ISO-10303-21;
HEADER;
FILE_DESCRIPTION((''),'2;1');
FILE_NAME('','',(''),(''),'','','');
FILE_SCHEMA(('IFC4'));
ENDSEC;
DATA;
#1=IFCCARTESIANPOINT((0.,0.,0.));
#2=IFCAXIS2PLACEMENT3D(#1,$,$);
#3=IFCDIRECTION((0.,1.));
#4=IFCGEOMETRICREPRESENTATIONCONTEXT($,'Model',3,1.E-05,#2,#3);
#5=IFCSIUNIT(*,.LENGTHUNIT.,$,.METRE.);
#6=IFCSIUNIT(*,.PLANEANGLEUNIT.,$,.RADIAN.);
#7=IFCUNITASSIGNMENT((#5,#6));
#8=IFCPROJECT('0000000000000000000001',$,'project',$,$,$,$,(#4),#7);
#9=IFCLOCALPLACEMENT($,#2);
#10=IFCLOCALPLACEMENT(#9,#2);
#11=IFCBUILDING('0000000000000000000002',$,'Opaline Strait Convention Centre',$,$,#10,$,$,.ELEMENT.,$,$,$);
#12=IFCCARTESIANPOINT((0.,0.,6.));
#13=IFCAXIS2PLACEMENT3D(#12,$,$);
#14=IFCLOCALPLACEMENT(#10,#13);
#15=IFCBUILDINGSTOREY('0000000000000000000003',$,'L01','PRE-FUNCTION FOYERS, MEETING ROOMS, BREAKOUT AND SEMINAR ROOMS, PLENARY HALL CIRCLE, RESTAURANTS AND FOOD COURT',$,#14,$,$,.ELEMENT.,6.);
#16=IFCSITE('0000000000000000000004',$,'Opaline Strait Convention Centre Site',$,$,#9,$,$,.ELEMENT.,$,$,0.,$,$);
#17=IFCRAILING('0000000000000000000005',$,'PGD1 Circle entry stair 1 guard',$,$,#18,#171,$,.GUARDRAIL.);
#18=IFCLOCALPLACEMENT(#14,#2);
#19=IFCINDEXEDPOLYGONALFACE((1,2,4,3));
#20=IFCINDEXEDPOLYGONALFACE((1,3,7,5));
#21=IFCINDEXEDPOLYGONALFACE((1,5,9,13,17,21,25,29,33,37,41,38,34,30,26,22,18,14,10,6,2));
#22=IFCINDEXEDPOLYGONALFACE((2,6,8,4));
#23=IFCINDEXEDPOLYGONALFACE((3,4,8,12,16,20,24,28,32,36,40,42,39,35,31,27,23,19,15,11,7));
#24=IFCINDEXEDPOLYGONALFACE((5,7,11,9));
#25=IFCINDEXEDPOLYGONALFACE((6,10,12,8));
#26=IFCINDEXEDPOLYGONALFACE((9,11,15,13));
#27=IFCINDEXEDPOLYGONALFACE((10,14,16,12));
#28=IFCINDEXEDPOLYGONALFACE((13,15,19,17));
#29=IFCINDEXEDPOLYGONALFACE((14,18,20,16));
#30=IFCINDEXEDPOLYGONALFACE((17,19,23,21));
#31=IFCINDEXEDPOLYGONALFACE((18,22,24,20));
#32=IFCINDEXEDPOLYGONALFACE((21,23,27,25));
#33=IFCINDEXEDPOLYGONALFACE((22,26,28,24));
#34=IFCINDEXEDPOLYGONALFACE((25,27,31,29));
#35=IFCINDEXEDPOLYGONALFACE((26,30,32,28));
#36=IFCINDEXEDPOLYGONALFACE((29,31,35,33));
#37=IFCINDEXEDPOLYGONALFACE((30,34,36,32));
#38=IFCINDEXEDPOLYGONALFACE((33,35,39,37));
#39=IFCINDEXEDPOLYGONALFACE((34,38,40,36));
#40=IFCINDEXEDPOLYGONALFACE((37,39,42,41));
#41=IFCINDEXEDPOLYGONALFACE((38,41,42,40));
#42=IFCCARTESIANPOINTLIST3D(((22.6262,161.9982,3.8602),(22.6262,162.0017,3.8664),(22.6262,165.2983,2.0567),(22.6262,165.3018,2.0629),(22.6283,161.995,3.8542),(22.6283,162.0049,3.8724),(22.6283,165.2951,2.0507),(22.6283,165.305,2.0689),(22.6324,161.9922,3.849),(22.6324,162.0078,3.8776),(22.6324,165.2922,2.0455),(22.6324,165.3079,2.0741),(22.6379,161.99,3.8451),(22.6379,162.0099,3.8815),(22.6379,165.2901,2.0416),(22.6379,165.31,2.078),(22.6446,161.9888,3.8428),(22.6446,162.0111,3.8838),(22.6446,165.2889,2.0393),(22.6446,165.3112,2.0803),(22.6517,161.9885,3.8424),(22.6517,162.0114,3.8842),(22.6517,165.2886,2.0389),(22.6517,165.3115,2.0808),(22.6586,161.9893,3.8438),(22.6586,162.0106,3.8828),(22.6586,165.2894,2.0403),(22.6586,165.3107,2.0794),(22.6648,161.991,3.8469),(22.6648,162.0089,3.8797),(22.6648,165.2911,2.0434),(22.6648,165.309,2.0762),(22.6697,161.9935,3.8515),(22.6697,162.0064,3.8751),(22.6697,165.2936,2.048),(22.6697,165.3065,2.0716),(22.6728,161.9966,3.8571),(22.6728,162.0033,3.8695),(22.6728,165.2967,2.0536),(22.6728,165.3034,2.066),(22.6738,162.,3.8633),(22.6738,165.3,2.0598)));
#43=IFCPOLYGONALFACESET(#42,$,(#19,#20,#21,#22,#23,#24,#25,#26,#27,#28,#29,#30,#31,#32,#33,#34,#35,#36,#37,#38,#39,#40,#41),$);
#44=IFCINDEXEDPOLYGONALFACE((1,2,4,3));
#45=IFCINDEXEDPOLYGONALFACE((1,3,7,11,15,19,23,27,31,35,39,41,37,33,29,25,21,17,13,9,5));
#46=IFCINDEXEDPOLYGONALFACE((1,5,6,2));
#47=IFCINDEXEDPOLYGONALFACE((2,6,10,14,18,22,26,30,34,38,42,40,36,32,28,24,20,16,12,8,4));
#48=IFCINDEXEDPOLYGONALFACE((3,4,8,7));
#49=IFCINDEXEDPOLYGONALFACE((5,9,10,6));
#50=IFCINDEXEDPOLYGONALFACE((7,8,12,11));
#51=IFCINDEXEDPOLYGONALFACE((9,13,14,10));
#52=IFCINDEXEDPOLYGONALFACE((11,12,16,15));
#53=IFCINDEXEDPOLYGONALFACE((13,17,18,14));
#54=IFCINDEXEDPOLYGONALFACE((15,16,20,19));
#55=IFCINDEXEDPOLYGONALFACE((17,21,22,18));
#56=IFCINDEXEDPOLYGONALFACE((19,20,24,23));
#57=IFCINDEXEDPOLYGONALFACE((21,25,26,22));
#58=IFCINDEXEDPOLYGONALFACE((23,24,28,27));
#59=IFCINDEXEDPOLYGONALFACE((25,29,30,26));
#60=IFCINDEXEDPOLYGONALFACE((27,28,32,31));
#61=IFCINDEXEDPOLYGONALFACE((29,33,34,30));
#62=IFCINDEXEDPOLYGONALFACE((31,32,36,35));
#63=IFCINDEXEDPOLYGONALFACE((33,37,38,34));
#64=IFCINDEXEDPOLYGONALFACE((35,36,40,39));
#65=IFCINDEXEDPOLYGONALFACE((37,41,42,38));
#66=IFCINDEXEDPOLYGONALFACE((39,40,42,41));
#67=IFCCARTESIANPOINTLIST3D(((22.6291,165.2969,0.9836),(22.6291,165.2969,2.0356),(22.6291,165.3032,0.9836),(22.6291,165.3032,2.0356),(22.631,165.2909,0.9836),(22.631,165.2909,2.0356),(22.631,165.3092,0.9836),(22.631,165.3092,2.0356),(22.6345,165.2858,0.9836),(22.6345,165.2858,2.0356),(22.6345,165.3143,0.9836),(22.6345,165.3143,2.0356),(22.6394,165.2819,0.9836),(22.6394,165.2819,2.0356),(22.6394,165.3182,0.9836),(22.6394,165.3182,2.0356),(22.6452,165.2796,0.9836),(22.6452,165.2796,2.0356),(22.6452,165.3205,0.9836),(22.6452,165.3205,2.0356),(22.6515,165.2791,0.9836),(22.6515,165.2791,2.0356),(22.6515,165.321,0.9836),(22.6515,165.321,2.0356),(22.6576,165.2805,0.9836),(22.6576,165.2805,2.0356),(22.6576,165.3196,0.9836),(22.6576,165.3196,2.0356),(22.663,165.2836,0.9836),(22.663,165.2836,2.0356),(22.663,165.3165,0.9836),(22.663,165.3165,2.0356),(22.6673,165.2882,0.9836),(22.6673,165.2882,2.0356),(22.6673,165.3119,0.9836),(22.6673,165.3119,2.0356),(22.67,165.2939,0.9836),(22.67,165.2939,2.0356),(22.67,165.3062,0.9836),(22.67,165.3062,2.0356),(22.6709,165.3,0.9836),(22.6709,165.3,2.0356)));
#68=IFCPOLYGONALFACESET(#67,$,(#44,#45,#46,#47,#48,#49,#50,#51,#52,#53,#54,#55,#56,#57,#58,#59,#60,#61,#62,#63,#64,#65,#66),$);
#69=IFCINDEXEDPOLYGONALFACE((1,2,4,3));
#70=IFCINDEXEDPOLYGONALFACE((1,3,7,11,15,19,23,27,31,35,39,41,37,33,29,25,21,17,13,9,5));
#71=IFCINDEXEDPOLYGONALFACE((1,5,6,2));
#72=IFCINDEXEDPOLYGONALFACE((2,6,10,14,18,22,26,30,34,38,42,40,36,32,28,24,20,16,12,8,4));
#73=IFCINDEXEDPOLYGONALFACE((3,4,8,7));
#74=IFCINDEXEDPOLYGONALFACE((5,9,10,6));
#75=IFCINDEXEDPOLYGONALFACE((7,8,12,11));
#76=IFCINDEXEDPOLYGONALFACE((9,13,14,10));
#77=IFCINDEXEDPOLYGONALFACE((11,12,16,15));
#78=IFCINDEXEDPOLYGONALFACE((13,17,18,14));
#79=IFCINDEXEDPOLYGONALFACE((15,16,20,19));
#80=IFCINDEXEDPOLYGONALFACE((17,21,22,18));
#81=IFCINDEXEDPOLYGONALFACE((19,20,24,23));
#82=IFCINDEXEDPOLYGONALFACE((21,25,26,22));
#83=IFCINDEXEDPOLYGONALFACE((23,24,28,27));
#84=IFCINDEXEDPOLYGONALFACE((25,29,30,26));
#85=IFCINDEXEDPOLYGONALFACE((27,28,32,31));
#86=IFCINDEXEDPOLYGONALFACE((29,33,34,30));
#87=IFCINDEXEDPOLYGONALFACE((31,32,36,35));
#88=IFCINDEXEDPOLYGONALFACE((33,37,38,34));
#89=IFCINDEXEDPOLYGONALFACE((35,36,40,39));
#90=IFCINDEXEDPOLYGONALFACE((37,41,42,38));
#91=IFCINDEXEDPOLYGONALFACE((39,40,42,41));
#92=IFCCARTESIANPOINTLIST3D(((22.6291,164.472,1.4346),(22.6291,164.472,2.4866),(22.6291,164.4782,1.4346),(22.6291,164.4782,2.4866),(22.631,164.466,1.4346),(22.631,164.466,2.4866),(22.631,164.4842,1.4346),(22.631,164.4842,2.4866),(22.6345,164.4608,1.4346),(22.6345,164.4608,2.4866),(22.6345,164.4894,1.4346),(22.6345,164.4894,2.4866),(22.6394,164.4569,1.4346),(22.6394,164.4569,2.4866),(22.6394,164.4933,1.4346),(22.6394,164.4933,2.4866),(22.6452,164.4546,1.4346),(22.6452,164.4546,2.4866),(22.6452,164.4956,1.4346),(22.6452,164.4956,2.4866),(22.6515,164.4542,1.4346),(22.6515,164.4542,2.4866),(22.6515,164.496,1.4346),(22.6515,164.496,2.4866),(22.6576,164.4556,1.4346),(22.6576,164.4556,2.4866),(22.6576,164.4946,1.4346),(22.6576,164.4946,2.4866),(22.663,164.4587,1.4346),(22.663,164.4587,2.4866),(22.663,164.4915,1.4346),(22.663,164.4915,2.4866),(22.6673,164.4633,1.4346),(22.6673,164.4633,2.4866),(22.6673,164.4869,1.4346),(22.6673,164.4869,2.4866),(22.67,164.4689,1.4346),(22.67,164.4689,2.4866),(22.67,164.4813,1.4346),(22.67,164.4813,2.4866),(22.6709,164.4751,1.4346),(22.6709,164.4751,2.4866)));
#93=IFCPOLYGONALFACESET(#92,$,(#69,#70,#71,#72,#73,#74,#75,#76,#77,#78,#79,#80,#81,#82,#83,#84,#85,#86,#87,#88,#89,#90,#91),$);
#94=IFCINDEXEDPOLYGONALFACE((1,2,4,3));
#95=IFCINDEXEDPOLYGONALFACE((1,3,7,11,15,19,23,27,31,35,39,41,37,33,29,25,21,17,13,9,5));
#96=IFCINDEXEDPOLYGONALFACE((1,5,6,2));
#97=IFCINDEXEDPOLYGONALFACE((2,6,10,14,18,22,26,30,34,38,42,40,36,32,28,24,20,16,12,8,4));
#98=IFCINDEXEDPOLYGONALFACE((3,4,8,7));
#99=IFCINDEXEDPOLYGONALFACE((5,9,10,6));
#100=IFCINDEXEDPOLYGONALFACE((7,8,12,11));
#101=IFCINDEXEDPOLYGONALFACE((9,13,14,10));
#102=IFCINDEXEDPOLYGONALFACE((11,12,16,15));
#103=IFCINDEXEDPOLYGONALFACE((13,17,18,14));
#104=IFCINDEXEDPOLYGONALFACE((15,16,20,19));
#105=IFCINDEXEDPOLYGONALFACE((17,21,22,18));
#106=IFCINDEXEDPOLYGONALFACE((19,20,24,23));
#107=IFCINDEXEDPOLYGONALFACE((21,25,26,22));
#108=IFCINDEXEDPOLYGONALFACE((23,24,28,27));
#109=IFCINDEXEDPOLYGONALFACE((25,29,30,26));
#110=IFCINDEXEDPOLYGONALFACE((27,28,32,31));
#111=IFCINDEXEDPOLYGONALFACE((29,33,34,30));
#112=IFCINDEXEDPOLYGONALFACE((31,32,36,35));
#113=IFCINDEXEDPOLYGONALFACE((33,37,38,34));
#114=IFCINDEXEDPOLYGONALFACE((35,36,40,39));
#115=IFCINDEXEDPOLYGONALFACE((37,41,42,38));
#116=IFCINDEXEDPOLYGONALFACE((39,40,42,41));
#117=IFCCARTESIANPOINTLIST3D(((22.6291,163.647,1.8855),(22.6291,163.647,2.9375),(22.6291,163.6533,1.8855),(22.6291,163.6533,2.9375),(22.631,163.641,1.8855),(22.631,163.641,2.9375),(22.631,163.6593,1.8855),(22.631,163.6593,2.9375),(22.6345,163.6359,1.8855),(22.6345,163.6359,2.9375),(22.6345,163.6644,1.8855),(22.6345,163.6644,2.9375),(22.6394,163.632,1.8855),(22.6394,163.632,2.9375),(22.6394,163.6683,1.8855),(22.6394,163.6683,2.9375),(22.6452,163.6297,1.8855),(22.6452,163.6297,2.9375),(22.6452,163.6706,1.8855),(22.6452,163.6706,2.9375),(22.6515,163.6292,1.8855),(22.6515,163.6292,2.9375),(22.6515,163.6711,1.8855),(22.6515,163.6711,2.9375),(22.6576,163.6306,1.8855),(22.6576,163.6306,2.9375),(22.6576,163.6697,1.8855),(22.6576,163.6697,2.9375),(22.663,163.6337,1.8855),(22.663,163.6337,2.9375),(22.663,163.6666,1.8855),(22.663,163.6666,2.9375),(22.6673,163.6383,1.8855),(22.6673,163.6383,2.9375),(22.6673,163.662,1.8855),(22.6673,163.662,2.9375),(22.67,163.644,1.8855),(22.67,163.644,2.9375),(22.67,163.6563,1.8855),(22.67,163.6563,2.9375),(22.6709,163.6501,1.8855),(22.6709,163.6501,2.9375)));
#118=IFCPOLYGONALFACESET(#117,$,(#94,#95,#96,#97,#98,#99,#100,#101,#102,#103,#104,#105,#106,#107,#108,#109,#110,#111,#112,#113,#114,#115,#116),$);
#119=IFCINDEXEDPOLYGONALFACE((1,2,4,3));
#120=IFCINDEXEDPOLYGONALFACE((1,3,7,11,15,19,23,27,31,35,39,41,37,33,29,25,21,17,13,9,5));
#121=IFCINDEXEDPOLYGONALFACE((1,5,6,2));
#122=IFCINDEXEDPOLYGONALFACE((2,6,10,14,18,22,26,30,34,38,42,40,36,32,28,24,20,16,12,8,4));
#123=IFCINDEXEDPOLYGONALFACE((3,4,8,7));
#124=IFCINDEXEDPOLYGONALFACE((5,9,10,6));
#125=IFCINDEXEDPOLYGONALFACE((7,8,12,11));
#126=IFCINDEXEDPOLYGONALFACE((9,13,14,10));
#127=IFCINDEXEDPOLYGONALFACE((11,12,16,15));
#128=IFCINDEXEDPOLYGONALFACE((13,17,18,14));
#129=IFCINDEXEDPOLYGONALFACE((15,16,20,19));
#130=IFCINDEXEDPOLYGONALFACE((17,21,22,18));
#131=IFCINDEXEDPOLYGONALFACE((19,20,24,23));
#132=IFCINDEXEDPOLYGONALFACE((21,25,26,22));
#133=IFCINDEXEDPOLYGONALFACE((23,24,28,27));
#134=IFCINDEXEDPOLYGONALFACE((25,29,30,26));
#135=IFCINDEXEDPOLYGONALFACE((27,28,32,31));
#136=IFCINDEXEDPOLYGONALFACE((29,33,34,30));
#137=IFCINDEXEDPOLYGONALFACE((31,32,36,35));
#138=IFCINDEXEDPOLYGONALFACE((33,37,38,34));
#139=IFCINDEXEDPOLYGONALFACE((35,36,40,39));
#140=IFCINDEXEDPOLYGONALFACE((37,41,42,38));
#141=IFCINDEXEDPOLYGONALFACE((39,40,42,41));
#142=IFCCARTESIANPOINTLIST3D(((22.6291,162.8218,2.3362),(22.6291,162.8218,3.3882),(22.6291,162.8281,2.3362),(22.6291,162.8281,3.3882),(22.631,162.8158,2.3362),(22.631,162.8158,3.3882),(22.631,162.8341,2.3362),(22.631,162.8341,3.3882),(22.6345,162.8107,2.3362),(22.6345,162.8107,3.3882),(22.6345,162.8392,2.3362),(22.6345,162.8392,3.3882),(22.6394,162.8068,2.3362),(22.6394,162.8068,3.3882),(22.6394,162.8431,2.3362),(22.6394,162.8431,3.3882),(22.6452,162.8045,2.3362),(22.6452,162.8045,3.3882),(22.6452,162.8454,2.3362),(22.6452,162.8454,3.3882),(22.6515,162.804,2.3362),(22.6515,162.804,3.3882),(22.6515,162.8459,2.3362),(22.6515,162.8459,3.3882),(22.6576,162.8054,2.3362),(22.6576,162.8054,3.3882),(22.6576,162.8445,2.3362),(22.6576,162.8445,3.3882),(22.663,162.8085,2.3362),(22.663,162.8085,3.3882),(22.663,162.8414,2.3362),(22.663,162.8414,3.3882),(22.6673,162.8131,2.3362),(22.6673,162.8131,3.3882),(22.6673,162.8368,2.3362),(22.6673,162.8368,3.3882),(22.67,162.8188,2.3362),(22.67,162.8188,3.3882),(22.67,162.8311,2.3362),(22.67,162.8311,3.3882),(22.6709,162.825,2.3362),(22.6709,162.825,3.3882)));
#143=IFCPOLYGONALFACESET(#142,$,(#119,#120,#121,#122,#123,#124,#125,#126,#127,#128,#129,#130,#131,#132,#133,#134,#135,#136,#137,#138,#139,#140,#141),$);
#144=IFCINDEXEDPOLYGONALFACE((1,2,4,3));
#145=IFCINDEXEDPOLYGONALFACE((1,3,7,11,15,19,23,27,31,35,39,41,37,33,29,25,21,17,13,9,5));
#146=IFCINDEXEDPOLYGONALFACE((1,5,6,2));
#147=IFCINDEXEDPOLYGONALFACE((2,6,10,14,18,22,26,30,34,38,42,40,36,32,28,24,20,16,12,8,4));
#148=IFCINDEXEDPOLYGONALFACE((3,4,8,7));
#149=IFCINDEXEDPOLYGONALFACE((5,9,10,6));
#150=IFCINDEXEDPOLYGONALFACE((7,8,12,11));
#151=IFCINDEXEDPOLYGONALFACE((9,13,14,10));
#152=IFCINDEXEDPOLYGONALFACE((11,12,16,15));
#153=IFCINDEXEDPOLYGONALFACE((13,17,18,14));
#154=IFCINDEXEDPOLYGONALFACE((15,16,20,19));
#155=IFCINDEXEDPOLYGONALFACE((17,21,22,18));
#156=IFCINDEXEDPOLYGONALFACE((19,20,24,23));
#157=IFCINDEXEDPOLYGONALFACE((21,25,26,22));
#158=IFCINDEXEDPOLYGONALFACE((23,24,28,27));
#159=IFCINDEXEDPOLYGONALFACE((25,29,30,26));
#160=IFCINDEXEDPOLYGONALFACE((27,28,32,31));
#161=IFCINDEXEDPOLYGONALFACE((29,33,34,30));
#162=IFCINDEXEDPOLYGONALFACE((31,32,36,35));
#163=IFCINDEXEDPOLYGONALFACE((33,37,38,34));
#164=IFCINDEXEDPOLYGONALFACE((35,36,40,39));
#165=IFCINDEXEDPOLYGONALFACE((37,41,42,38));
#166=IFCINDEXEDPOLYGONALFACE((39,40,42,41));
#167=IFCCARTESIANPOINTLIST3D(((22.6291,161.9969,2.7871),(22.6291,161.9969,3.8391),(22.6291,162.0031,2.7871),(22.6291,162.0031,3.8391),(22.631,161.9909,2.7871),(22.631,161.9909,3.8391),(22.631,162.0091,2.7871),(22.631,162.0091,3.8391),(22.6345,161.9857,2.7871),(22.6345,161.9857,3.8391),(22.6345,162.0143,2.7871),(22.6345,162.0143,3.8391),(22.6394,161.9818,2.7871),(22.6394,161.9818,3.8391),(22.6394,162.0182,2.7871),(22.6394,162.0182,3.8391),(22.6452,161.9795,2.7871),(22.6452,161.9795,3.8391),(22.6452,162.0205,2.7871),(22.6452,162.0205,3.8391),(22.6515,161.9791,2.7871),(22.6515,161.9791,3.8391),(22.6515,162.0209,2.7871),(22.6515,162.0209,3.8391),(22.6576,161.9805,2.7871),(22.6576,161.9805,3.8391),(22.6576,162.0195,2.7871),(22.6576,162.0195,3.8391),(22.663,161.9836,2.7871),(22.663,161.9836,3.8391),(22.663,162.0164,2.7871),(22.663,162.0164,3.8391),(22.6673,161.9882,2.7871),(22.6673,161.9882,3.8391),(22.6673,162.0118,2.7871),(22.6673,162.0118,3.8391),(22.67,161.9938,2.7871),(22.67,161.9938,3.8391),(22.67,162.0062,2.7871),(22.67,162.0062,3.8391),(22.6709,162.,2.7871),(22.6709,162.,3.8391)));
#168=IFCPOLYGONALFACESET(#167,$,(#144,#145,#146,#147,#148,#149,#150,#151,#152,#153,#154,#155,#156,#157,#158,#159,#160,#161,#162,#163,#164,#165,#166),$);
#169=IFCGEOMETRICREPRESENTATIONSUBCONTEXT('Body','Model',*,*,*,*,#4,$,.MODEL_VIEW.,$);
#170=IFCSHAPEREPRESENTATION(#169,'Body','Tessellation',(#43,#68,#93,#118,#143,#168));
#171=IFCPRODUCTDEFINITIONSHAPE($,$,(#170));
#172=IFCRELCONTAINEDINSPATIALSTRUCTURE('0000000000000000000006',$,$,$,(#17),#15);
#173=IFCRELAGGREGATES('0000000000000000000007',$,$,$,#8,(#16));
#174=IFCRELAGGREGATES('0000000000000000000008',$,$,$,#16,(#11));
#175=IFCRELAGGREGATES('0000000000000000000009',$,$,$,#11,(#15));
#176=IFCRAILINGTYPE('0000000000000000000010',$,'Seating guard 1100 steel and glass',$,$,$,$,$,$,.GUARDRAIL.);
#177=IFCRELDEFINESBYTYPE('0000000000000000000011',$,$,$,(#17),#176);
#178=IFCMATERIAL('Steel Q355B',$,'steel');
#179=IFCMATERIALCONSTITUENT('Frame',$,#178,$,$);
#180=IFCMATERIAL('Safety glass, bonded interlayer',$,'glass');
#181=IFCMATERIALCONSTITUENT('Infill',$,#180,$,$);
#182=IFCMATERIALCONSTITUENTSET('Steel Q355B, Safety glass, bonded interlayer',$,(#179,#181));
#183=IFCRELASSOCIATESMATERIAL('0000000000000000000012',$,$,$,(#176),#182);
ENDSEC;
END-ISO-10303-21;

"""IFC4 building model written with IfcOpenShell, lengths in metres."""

from ifc_helpers import new_model, si_unit, direction, frame, origin, origin_2d, place, context, subcontext, project, spatial, circle, extrude, material, constituent, constituent_set, type_object, element, save


model = new_model("IFC4")

# Units and contexts
model_context = context("Model", 3, precision=1e-05, world=origin(), true_north=direction((0.0, 1.0)))
body_context = subcontext(model_context, "Body", "Model", "MODEL_VIEW")
ifc_project = project(units=[si_unit("LENGTHUNIT", "METRE"), si_unit("PLANEANGLEUNIT", "RADIAN")], contexts=[model_context])

# Site, building, storey
site_placement = place(None, origin())
site = spatial("IfcSite", under=ifc_project, at=site_placement, Name="Opaline Strait Convention Centre Site", CompositionType="ELEMENT", RefElevation=0.0)
building_placement = place(site_placement, origin())
building = spatial("IfcBuilding", under=site, at=building_placement, Name="Opaline Strait Convention Centre", CompositionType="ELEMENT")
storey_placement = place(building_placement, frame((0.0, 0.0, 6.0)))
storey = spatial("IfcBuildingStorey", under=building, at=storey_placement, Name="L01", Description="PRE-FUNCTION FOYERS, MEETING ROOMS, BREAKOUT AND SEMINAR ROOMS, PLENARY HALL CIRCLE, RESTAURANTS AND FOOD COURT", CompositionType="ELEMENT", Elevation=6.0)

# Railing
ifc_material_1 = material(Name="Steel Q355B", Category="steel")
ifc_constituent_1 = constituent(ifc_material_1, Name="Frame")
ifc_material_2 = material(Name="Safety glass, bonded interlayer", Category="glass")
ifc_constituent_2 = constituent(ifc_material_2, Name="Infill")
ifc_constituent_set = constituent_set(constituents=[ifc_constituent_1, ifc_constituent_2], Name="Steel Q355B, Safety glass, bonded interlayer")
railing_type_1 = type_object("IfcRailingType", Name="Seating guard 1100 steel and glass", PredefinedType="GUARDRAIL", material=ifc_constituent_set)
for number, where, name in (
    (1, (22.6499, 165.3, 0.9836), "PGD1 Circle entry stair 1 guard"),
):
    element("IfcRailing", number, at=place(storey_placement, frame(where)), inside=storey, type_object=railing_type_1, Name=name, PredefinedType="GUARDRAIL", context=body_context, shape_type="SweptSolid", body=[
        extrude(circle(Radius=0.0239, at=origin_2d()), frame((0.0, 0.0, 1.0762), z_axis=(0.0, -0.877511, 0.479557), x_axis=(1.0, 0.0, 0.0)), (0.0, 0.0, 1.0), 3.7607),
        extrude(circle(Radius=0.021, at=origin_2d()), origin(), (0.0, 0.0, 1.0), 1.052),
        extrude(circle(Radius=0.021, at=origin_2d()), frame((0.0, -0.825, 0.4509)), (0.0, 0.0, 1.0), 1.052),
        extrude(circle(Radius=0.021, at=origin_2d()), frame((0.0, -1.6499, 0.9019)), (0.0, 0.0, 1.0), 1.052),
        extrude(circle(Radius=0.021, at=origin_2d()), frame((0.0, -2.4751, 1.3525)), (0.0, 0.0, 1.0), 1.052),
        extrude(circle(Radius=0.021, at=origin_2d()), frame((0.0, -3.3, 1.8035)), (0.0, 0.0, 1.0), 1.052),
    ])

save(model, "model.ifc")
